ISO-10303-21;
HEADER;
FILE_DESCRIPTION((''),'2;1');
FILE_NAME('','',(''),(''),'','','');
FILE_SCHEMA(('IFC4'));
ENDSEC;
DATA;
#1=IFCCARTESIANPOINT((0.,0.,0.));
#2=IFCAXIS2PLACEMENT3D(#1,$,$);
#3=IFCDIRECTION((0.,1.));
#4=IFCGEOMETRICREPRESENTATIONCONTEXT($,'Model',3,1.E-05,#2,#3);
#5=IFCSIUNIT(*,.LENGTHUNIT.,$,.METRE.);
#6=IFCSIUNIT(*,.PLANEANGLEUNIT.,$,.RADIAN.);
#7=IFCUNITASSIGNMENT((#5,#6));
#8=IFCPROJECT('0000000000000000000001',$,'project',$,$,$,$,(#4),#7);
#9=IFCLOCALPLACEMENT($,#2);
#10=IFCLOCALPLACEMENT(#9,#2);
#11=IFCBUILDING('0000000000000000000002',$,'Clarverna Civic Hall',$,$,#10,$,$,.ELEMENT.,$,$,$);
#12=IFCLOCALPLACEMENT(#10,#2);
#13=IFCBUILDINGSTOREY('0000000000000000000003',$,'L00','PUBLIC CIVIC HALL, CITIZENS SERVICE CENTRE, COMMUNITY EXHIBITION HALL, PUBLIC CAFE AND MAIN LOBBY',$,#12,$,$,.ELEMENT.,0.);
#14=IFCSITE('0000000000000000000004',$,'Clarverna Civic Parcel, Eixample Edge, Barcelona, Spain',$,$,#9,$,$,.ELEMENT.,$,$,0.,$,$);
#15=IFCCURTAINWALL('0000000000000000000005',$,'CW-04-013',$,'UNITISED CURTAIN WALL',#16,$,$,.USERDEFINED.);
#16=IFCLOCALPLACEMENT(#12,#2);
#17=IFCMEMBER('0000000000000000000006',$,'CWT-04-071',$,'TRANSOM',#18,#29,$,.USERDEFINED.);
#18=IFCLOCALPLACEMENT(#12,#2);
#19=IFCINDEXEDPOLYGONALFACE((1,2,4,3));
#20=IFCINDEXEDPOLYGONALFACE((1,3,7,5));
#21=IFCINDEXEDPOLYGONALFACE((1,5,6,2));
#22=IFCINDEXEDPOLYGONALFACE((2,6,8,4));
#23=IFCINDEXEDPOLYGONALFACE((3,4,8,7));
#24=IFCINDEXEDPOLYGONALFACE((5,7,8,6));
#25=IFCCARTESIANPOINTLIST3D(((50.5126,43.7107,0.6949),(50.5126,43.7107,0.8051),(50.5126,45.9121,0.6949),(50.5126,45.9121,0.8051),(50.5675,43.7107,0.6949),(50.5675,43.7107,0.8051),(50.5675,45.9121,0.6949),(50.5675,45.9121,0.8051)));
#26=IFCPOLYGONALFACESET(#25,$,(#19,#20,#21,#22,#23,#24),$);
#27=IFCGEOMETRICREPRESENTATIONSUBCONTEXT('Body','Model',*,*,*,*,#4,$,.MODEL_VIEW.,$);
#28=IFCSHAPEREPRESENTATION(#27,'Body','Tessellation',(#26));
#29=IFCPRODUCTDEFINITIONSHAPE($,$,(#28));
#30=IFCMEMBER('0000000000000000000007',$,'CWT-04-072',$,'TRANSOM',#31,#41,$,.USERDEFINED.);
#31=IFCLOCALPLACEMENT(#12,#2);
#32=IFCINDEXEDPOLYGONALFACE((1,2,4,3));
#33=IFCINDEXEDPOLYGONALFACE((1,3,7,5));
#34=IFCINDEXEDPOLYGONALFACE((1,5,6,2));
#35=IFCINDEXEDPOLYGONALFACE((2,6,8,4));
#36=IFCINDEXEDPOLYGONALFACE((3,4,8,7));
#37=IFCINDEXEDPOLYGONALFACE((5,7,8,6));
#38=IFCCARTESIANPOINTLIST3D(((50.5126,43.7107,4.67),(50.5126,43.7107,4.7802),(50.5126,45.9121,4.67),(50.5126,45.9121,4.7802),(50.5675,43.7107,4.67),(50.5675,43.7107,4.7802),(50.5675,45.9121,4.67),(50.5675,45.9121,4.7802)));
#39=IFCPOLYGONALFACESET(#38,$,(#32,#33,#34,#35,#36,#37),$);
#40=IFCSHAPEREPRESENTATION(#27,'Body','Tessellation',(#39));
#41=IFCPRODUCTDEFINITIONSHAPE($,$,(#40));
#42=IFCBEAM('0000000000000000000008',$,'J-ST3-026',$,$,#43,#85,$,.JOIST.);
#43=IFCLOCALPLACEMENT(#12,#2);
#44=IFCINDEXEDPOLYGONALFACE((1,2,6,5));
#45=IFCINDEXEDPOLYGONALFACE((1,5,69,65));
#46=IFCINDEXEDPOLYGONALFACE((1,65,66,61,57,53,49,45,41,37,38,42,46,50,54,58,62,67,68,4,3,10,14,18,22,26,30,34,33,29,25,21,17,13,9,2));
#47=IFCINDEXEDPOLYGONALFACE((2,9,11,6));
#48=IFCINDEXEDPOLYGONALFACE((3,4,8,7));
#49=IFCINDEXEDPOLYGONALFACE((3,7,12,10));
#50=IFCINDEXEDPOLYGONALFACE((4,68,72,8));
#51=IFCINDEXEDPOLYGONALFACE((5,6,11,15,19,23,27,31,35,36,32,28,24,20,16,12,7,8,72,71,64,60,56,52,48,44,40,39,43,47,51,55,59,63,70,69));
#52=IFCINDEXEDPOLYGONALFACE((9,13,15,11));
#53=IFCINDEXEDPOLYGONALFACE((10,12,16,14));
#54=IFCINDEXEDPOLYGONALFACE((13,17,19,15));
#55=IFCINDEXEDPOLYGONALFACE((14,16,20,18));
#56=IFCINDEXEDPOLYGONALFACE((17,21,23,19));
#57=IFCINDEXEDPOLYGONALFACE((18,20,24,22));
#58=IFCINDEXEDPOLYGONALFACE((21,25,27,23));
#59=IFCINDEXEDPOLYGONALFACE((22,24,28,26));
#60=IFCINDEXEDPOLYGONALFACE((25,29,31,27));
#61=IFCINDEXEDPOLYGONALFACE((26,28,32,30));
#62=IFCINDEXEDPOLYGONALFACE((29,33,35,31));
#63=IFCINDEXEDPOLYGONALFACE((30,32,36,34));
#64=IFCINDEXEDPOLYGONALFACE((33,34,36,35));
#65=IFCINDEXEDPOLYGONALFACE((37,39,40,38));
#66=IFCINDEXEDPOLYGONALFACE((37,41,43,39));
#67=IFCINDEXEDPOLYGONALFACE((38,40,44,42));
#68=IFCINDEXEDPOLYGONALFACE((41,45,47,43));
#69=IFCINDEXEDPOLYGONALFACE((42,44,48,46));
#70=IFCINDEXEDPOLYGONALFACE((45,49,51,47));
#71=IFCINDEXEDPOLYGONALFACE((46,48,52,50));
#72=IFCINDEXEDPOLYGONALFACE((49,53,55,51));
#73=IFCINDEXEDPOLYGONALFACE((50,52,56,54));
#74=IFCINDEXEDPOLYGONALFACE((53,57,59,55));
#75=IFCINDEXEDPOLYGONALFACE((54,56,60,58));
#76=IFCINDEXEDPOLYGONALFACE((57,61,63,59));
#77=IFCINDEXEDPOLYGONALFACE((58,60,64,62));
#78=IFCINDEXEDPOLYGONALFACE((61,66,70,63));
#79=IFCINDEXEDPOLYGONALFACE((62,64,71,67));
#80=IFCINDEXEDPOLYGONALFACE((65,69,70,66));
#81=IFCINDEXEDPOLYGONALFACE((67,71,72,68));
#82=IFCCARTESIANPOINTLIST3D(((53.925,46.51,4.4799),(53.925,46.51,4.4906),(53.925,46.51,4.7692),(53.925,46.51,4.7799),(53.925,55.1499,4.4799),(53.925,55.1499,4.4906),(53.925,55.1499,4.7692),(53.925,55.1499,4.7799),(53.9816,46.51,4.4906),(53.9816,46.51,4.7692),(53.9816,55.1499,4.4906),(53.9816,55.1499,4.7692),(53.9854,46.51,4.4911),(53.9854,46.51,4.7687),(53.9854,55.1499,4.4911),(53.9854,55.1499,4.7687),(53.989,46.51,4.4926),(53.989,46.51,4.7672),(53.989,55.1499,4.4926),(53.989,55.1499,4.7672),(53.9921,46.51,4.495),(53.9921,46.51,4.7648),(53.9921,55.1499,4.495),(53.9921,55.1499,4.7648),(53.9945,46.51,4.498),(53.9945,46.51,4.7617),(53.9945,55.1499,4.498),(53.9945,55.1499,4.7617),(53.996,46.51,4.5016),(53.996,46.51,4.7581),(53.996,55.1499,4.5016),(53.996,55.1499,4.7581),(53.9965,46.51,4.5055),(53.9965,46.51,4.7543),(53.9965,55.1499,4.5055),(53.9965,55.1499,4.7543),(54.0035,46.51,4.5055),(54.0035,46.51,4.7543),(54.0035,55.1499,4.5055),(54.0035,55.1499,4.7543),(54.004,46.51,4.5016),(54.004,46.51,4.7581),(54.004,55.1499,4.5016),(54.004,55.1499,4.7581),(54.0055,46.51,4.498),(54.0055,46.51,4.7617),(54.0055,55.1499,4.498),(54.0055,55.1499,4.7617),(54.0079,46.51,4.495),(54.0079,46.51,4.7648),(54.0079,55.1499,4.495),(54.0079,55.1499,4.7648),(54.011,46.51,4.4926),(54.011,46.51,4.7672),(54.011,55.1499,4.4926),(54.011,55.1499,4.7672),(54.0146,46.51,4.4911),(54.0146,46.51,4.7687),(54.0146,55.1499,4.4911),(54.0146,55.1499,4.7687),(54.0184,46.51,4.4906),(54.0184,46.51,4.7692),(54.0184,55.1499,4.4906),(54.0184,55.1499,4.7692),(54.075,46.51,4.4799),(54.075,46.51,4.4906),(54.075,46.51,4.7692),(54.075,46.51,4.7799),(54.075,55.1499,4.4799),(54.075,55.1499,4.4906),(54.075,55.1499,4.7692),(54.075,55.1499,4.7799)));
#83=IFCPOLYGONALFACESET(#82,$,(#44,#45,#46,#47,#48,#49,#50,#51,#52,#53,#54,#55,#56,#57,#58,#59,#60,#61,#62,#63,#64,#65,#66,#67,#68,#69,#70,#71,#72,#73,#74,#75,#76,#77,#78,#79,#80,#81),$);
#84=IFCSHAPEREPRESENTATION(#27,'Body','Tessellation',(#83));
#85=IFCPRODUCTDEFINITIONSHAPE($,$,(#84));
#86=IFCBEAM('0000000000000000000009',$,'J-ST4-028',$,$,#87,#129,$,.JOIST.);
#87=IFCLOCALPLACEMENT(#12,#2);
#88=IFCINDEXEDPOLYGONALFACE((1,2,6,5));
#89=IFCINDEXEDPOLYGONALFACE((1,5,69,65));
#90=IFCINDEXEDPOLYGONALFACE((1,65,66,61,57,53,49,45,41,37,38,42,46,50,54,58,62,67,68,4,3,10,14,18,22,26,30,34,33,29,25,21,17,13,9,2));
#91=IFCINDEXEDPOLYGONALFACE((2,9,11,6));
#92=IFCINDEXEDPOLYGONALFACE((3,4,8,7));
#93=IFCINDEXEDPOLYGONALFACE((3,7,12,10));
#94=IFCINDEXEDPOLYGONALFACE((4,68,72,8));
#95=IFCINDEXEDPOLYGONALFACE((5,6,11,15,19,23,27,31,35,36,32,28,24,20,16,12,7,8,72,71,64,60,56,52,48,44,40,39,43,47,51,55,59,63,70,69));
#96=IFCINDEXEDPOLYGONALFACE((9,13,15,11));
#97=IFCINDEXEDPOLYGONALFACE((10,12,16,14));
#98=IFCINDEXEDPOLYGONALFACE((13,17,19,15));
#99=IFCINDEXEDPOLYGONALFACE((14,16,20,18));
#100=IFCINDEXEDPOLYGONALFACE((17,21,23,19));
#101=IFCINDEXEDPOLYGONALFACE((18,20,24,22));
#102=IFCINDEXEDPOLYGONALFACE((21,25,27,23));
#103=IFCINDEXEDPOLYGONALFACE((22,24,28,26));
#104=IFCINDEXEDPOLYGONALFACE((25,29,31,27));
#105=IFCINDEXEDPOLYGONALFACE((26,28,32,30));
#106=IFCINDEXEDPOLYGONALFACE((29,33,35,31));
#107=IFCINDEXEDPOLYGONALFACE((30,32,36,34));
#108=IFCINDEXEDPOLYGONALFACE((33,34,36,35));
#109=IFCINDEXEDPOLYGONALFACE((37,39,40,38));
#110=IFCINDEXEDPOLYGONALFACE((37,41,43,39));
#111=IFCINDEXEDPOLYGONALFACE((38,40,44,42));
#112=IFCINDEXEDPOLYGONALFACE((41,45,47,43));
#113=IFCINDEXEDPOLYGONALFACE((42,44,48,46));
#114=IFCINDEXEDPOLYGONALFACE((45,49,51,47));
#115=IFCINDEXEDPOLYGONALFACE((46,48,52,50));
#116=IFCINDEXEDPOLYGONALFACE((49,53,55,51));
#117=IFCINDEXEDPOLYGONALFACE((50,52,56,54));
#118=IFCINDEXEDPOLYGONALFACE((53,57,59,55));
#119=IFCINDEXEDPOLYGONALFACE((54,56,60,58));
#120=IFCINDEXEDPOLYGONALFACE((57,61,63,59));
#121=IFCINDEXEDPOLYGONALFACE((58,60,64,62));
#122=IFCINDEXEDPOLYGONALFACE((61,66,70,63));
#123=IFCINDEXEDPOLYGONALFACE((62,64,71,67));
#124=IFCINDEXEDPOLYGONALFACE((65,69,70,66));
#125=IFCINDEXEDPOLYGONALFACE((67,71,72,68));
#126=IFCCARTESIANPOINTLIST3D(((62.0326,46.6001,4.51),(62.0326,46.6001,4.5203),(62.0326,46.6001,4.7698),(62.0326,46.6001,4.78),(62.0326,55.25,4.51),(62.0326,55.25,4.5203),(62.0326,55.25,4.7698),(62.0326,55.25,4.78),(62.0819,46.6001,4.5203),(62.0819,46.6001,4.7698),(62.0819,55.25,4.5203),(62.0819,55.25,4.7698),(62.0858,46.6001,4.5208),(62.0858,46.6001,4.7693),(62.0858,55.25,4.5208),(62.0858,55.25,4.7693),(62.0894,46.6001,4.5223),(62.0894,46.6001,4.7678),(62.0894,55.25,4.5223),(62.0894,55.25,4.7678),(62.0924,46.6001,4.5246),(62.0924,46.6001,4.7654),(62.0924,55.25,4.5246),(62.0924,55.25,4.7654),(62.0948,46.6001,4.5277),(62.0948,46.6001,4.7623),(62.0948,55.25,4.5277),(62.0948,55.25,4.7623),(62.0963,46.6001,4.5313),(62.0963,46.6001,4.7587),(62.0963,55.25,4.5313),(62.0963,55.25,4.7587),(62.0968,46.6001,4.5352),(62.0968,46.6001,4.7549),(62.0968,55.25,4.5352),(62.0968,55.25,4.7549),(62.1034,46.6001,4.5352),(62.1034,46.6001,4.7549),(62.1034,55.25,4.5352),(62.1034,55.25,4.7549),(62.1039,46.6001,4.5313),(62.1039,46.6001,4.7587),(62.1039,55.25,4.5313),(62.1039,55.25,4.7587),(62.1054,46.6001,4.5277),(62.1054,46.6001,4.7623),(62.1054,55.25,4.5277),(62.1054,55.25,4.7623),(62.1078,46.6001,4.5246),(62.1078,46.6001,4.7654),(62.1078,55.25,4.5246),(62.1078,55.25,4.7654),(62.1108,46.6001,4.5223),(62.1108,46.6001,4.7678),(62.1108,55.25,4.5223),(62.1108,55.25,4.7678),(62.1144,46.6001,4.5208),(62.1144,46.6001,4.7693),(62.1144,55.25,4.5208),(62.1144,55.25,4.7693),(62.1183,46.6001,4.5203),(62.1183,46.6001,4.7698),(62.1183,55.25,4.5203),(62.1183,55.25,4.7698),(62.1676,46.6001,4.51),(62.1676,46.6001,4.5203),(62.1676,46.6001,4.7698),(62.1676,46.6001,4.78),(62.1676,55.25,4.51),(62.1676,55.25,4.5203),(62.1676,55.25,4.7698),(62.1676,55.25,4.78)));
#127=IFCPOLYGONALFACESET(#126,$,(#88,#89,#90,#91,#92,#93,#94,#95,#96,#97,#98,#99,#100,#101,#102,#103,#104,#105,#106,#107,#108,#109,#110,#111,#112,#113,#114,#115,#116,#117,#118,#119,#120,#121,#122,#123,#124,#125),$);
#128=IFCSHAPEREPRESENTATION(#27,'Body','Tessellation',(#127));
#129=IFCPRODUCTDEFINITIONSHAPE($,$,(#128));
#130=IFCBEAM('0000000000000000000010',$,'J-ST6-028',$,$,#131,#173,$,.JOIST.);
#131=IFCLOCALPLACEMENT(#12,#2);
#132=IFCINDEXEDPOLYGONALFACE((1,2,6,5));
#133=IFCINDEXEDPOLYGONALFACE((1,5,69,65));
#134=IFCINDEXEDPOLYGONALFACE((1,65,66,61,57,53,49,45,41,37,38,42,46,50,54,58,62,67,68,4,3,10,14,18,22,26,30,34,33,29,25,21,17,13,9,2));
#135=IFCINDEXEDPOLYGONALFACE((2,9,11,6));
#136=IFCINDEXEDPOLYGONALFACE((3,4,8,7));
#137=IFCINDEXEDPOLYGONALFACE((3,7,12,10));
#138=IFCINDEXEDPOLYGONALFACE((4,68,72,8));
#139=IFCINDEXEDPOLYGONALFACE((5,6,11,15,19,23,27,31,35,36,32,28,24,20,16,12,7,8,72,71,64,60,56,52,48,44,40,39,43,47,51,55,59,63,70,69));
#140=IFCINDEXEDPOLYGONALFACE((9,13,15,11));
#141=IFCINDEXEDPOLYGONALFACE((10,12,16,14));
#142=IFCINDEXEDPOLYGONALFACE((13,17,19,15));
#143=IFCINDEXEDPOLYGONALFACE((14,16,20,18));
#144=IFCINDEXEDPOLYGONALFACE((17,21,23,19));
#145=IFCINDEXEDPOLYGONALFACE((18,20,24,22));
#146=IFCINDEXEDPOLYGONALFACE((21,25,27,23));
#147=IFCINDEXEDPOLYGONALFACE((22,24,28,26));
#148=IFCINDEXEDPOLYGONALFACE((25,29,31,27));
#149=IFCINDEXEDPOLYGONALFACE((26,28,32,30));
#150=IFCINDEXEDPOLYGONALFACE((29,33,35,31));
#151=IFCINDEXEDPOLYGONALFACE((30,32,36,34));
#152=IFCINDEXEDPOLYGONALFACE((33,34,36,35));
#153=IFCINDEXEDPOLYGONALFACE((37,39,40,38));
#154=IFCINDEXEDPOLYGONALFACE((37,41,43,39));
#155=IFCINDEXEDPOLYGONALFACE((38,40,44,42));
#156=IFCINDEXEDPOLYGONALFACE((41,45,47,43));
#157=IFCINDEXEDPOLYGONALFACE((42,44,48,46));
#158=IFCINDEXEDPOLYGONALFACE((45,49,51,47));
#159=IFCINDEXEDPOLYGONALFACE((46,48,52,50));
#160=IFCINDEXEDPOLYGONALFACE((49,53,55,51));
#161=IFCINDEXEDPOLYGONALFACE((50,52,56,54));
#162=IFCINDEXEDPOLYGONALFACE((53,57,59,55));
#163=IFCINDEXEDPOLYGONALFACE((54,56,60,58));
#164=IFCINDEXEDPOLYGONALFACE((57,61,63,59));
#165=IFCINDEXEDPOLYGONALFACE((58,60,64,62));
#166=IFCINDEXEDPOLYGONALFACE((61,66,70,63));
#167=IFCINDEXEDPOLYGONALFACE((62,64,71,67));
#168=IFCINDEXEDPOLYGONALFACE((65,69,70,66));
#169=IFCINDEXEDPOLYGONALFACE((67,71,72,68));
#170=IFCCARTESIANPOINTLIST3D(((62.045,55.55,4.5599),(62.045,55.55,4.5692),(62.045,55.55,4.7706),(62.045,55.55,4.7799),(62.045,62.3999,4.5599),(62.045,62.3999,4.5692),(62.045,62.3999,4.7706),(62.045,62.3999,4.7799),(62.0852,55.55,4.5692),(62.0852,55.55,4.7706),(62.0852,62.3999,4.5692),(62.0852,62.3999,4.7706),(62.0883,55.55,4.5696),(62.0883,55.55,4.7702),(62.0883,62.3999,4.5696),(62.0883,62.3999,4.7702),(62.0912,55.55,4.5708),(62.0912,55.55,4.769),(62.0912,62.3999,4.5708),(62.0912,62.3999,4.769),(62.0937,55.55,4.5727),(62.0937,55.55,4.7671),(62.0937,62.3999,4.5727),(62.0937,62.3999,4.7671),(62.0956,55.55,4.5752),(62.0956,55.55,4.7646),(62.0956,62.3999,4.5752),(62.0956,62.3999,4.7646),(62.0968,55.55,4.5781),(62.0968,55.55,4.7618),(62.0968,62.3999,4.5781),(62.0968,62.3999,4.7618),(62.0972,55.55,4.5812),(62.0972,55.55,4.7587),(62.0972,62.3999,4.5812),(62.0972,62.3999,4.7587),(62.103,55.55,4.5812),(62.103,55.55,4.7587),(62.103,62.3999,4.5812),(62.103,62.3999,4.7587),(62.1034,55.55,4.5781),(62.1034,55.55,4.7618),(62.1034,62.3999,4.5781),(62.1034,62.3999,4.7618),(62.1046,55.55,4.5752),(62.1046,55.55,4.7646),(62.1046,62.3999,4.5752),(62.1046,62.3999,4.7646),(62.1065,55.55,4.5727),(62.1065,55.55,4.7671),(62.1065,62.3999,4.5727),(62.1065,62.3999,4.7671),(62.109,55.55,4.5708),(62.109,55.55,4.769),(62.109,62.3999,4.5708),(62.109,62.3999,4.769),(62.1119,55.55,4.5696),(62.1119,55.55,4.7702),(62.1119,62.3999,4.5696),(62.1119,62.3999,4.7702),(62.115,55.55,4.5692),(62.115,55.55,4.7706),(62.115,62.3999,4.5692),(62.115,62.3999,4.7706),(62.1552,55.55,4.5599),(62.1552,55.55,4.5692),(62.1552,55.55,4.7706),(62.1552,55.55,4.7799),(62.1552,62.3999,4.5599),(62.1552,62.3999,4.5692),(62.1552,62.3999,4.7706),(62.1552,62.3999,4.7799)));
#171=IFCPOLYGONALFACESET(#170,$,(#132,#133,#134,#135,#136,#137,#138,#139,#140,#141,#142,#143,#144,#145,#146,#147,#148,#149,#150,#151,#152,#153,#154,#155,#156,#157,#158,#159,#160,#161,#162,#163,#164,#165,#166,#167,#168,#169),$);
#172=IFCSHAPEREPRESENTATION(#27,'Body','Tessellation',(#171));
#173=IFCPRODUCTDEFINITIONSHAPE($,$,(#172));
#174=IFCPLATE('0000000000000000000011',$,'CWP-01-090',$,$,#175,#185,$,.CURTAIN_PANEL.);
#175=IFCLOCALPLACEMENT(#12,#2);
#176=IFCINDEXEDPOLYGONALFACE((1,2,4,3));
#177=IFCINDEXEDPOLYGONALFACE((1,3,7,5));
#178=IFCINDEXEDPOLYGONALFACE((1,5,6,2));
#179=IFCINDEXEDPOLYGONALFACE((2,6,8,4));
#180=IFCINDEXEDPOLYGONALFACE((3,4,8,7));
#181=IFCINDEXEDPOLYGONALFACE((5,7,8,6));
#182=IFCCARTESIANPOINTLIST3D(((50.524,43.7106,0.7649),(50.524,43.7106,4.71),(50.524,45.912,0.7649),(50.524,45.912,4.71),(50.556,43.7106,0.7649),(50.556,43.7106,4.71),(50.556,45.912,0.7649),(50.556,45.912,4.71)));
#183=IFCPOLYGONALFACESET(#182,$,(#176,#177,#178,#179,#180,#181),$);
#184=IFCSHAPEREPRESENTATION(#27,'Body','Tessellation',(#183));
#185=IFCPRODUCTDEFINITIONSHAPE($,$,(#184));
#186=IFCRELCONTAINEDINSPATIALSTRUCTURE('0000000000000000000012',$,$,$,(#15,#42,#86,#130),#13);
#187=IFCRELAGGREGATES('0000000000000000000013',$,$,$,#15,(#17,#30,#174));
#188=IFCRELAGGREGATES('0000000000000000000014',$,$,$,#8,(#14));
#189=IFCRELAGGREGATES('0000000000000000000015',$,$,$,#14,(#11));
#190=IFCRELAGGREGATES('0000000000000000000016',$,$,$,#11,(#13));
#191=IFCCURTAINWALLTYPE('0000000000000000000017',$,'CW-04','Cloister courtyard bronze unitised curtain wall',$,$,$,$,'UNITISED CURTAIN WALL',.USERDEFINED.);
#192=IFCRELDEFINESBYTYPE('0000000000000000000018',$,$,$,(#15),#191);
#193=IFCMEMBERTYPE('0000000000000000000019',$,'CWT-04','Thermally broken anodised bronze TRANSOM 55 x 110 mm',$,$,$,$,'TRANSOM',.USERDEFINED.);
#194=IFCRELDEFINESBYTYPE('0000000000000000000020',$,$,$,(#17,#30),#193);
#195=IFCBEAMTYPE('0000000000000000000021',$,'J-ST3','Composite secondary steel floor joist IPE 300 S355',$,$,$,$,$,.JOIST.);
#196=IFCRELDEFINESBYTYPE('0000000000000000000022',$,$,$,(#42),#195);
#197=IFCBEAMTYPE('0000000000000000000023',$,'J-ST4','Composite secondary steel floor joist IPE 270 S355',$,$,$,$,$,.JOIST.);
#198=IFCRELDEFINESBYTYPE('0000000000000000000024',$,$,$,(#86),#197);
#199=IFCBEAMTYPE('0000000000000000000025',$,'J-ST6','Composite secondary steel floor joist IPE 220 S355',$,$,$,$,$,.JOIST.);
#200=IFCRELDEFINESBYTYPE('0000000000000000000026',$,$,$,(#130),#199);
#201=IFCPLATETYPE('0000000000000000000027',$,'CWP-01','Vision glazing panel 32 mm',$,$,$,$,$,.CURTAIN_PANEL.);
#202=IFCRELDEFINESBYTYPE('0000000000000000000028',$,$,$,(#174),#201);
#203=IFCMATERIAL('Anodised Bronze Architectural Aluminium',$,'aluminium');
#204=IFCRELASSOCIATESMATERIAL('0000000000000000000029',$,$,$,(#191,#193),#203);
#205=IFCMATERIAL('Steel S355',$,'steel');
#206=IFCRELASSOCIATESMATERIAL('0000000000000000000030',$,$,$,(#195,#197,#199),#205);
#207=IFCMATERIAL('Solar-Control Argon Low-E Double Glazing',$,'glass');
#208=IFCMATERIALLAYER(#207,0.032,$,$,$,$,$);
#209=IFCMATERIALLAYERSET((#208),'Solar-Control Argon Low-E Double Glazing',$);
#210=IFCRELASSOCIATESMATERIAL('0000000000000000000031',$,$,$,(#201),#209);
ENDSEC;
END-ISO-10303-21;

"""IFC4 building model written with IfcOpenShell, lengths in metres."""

from ifc_helpers import new_model, si_unit, direction, frame, frame_2d, origin, origin_2d, place, context, subcontext, project, spatial, rectangle, i_section, extrude, material, layer, layer_set, material_profile, profile_set, type_object, element, aggregate, save


model = new_model("IFC4")

# Units and contexts
model_context = context("Model", 3, precision=1e-05, world=origin(), true_north=direction((0.0, 1.0)))
body_context = subcontext(model_context, "Body", "Model", "MODEL_VIEW")
ifc_project = project(units=[si_unit("LENGTHUNIT", "METRE"), si_unit("PLANEANGLEUNIT", "RADIAN")], contexts=[model_context])

# Site, building, storey
site_placement = place(None, origin())
site = spatial("IfcSite", under=ifc_project, at=site_placement, Name="Clarverna Civic Parcel, Eixample Edge, Barcelona, Spain", CompositionType="ELEMENT", RefElevation=0.0)
building_placement = place(site_placement, origin())
building = spatial("IfcBuilding", under=site, at=building_placement, Name="Clarverna Civic Hall", CompositionType="ELEMENT")
storey_placement = place(building_placement, origin())
storey = spatial("IfcBuildingStorey", under=building, at=storey_placement, Name="L00", Description="PUBLIC CIVIC HALL, CITIZENS SERVICE CENTRE, COMMUNITY EXHIBITION HALL, PUBLIC CAFE AND MAIN LOBBY", CompositionType="ELEMENT", Elevation=0.0)

# Shared definitions
ifc_material_1 = material(Name="Steel S355", Category="steel")

# Curtain wall, members
ifc_material_2 = material(Name="Anodised Bronze Architectural Aluminium", Category="aluminium")
curtain_wall_type = type_object("IfcCurtainWallType", Name="CW-04", Description="Cloister courtyard bronze unitised curtain wall", ElementType="UNITISED CURTAIN WALL", PredefinedType="USERDEFINED", material=ifc_material_2)
curtain_wall_placement = place(storey_placement, origin())
curtain_wall = element("IfcCurtainWall", 1, at=curtain_wall_placement, inside=storey, type_object=curtain_wall_type, Name="CW-04-013", ObjectType="UNITISED CURTAIN WALL", PredefinedType="USERDEFINED")
ifc_material_profile_1 = material_profile(ifc_material_2, rectangle(XDim=0.0549, YDim=0.1101, at=origin_2d()), Name="BRONZE 55x110")
ifc_profile_set_1 = profile_set([ifc_material_profile_1], Name="Anodised Bronze Architectural Aluminium")
member_type_1 = type_object("IfcMemberType", Name="CWT-04", Description="Thermally broken anodised bronze TRANSOM 55 x 110 mm", ElementType="TRANSOM", PredefinedType="USERDEFINED", material=ifc_profile_set_1)
member_1_placement = place(storey_placement, frame((50.54, 43.7107, 0.75), z_axis=(0.0, 1.0, 0.0), x_axis=(-1.0, 0.0, 0.0)))
member_1 = element("IfcMember", 2, at=member_1_placement, type_object=member_type_1, Name="CWT-04-071", ObjectType="TRANSOM", PredefinedType="USERDEFINED", context=body_context, shape_type="SweptSolid", body=[
    extrude(rectangle(XDim=0.0549, YDim=0.1101, at=origin_2d()), origin(), (0.0, 0.0, 1.0), 2.2014),
])
member_2_placement = place(storey_placement, frame((50.54, 43.7107, 4.7251), z_axis=(0.0, 1.0, 0.0), x_axis=(-1.0, 0.0, 0.0)))
member_2 = element("IfcMember", 3, at=member_2_placement, type_object=member_type_1, Name="CWT-04-072", ObjectType="TRANSOM", PredefinedType="USERDEFINED", context=body_context, shape_type="SweptSolid", body=[
    extrude(rectangle(XDim=0.0549, YDim=0.1101, at=origin_2d()), origin(), (0.0, 0.0, 1.0), 2.2014),
])

# Beams
ifc_material_profile_2 = material_profile(ifc_material_1, i_section(OverallWidth=0.1499, OverallDepth=0.3, WebThickness=0.0071, FlangeThickness=0.0107, FilletRadius=0.0149, at=origin_2d()), Name="IPE 300")
ifc_profile_set_2 = profile_set([ifc_material_profile_2], Name="Steel S355")
beam_type_1 = type_object("IfcBeamType", Name="J-ST3", Description="Composite secondary steel floor joist IPE 300 S355", PredefinedType="JOIST", material=ifc_profile_set_2)
beam_1_placement = place(storey_placement, frame((54.0, 46.51, 4.6299), z_axis=(0.0, 1.0, 0.0), x_axis=(-1.0, 0.0, 0.0)))
element("IfcBeam", 4, at=beam_1_placement, inside=storey, type_object=beam_type_1, Name="J-ST3-026", PredefinedType="JOIST", context=body_context, shape_type="SweptSolid", body=[
    extrude(i_section(OverallWidth=0.1499, OverallDepth=0.3, WebThickness=0.0071, FlangeThickness=0.0107, FilletRadius=0.0149, at=origin_2d()), origin(), (0.0, 0.0, 1.0), 8.6399),
])
ifc_material_profile_3 = material_profile(ifc_material_1, i_section(OverallWidth=0.135, OverallDepth=0.27, WebThickness=0.0066, FlangeThickness=0.0103, FilletRadius=0.0149, at=origin_2d()), Name="IPE 270")
ifc_profile_set_3 = profile_set([ifc_material_profile_3], Name="Steel S355")
beam_type_2 = type_object("IfcBeamType", Name="J-ST4", Description="Composite secondary steel floor joist IPE 270 S355", PredefinedType="JOIST", material=ifc_profile_set_3)
beam_2_placement = place(storey_placement, frame((62.1001, 46.6001, 4.645), z_axis=(0.0, 1.0, 0.0), x_axis=(-1.0, 0.0, 0.0)))
element("IfcBeam", 5, at=beam_2_placement, inside=storey, type_object=beam_type_2, Name="J-ST4-028", PredefinedType="JOIST", context=body_context, shape_type="SweptSolid", body=[
    extrude(i_section(OverallWidth=0.135, OverallDepth=0.27, WebThickness=0.0066, FlangeThickness=0.0103, FilletRadius=0.0149, at=origin_2d()), origin(), (0.0, 0.0, 1.0), 8.6499),
])
ifc_material_profile_4 = material_profile(ifc_material_1, i_section(OverallWidth=0.1101, OverallDepth=0.22, WebThickness=0.0059, FlangeThickness=0.0093, FilletRadius=0.012, at=origin_2d()), Name="IPE 220")
ifc_profile_set_4 = profile_set([ifc_material_profile_4], Name="Steel S355")
beam_type_3 = type_object("IfcBeamType", Name="J-ST6", Description="Composite secondary steel floor joist IPE 220 S355", PredefinedType="JOIST", material=ifc_profile_set_4)
beam_3_placement = place(storey_placement, frame((62.1001, 55.55, 4.6699), z_axis=(0.0, 1.0, 0.0), x_axis=(-1.0, 0.0, 0.0)))
element("IfcBeam", 6, at=beam_3_placement, inside=storey, type_object=beam_type_3, Name="J-ST6-028", PredefinedType="JOIST", context=body_context, shape_type="SweptSolid", body=[
    extrude(i_section(OverallWidth=0.1101, OverallDepth=0.22, WebThickness=0.0059, FlangeThickness=0.0093, FilletRadius=0.012, at=origin_2d()), origin(), (0.0, 0.0, 1.0), 6.8499),
])

# Plate
ifc_material_3 = material(Name="Solar-Control Argon Low-E Double Glazing", Category="glass")
ifc_layer_1 = layer(ifc_material_3, 0.032)
ifc_layer_set_1 = layer_set([ifc_layer_1], Name="Solar-Control Argon Low-E Double Glazing")
plate_type_1 = type_object("IfcPlateType", Name="CWP-01", Description="Vision glazing panel 32 mm", PredefinedType="CURTAIN_PANEL", material=ifc_layer_set_1)
plate_1_placement = place(storey_placement, frame((50.54, 43.7107, 0.7649), z_axis=(0.0, 0.0, 1.0), x_axis=(0.0, 1.0, 0.0)))
plate_1 = element("IfcPlate", 7, at=plate_1_placement, type_object=plate_type_1, Name="CWP-01-090", PredefinedType="CURTAIN_PANEL", context=body_context, shape_type="SweptSolid", body=[
    extrude(rectangle(XDim=2.2014, YDim=0.032, at=frame_2d((1.1006, 0.0))), origin(), (0.0, 0.0, 1.0), 3.9451),
])
aggregate(curtain_wall, [member_1, member_2, plate_1])

save(model, "model.ifc")
